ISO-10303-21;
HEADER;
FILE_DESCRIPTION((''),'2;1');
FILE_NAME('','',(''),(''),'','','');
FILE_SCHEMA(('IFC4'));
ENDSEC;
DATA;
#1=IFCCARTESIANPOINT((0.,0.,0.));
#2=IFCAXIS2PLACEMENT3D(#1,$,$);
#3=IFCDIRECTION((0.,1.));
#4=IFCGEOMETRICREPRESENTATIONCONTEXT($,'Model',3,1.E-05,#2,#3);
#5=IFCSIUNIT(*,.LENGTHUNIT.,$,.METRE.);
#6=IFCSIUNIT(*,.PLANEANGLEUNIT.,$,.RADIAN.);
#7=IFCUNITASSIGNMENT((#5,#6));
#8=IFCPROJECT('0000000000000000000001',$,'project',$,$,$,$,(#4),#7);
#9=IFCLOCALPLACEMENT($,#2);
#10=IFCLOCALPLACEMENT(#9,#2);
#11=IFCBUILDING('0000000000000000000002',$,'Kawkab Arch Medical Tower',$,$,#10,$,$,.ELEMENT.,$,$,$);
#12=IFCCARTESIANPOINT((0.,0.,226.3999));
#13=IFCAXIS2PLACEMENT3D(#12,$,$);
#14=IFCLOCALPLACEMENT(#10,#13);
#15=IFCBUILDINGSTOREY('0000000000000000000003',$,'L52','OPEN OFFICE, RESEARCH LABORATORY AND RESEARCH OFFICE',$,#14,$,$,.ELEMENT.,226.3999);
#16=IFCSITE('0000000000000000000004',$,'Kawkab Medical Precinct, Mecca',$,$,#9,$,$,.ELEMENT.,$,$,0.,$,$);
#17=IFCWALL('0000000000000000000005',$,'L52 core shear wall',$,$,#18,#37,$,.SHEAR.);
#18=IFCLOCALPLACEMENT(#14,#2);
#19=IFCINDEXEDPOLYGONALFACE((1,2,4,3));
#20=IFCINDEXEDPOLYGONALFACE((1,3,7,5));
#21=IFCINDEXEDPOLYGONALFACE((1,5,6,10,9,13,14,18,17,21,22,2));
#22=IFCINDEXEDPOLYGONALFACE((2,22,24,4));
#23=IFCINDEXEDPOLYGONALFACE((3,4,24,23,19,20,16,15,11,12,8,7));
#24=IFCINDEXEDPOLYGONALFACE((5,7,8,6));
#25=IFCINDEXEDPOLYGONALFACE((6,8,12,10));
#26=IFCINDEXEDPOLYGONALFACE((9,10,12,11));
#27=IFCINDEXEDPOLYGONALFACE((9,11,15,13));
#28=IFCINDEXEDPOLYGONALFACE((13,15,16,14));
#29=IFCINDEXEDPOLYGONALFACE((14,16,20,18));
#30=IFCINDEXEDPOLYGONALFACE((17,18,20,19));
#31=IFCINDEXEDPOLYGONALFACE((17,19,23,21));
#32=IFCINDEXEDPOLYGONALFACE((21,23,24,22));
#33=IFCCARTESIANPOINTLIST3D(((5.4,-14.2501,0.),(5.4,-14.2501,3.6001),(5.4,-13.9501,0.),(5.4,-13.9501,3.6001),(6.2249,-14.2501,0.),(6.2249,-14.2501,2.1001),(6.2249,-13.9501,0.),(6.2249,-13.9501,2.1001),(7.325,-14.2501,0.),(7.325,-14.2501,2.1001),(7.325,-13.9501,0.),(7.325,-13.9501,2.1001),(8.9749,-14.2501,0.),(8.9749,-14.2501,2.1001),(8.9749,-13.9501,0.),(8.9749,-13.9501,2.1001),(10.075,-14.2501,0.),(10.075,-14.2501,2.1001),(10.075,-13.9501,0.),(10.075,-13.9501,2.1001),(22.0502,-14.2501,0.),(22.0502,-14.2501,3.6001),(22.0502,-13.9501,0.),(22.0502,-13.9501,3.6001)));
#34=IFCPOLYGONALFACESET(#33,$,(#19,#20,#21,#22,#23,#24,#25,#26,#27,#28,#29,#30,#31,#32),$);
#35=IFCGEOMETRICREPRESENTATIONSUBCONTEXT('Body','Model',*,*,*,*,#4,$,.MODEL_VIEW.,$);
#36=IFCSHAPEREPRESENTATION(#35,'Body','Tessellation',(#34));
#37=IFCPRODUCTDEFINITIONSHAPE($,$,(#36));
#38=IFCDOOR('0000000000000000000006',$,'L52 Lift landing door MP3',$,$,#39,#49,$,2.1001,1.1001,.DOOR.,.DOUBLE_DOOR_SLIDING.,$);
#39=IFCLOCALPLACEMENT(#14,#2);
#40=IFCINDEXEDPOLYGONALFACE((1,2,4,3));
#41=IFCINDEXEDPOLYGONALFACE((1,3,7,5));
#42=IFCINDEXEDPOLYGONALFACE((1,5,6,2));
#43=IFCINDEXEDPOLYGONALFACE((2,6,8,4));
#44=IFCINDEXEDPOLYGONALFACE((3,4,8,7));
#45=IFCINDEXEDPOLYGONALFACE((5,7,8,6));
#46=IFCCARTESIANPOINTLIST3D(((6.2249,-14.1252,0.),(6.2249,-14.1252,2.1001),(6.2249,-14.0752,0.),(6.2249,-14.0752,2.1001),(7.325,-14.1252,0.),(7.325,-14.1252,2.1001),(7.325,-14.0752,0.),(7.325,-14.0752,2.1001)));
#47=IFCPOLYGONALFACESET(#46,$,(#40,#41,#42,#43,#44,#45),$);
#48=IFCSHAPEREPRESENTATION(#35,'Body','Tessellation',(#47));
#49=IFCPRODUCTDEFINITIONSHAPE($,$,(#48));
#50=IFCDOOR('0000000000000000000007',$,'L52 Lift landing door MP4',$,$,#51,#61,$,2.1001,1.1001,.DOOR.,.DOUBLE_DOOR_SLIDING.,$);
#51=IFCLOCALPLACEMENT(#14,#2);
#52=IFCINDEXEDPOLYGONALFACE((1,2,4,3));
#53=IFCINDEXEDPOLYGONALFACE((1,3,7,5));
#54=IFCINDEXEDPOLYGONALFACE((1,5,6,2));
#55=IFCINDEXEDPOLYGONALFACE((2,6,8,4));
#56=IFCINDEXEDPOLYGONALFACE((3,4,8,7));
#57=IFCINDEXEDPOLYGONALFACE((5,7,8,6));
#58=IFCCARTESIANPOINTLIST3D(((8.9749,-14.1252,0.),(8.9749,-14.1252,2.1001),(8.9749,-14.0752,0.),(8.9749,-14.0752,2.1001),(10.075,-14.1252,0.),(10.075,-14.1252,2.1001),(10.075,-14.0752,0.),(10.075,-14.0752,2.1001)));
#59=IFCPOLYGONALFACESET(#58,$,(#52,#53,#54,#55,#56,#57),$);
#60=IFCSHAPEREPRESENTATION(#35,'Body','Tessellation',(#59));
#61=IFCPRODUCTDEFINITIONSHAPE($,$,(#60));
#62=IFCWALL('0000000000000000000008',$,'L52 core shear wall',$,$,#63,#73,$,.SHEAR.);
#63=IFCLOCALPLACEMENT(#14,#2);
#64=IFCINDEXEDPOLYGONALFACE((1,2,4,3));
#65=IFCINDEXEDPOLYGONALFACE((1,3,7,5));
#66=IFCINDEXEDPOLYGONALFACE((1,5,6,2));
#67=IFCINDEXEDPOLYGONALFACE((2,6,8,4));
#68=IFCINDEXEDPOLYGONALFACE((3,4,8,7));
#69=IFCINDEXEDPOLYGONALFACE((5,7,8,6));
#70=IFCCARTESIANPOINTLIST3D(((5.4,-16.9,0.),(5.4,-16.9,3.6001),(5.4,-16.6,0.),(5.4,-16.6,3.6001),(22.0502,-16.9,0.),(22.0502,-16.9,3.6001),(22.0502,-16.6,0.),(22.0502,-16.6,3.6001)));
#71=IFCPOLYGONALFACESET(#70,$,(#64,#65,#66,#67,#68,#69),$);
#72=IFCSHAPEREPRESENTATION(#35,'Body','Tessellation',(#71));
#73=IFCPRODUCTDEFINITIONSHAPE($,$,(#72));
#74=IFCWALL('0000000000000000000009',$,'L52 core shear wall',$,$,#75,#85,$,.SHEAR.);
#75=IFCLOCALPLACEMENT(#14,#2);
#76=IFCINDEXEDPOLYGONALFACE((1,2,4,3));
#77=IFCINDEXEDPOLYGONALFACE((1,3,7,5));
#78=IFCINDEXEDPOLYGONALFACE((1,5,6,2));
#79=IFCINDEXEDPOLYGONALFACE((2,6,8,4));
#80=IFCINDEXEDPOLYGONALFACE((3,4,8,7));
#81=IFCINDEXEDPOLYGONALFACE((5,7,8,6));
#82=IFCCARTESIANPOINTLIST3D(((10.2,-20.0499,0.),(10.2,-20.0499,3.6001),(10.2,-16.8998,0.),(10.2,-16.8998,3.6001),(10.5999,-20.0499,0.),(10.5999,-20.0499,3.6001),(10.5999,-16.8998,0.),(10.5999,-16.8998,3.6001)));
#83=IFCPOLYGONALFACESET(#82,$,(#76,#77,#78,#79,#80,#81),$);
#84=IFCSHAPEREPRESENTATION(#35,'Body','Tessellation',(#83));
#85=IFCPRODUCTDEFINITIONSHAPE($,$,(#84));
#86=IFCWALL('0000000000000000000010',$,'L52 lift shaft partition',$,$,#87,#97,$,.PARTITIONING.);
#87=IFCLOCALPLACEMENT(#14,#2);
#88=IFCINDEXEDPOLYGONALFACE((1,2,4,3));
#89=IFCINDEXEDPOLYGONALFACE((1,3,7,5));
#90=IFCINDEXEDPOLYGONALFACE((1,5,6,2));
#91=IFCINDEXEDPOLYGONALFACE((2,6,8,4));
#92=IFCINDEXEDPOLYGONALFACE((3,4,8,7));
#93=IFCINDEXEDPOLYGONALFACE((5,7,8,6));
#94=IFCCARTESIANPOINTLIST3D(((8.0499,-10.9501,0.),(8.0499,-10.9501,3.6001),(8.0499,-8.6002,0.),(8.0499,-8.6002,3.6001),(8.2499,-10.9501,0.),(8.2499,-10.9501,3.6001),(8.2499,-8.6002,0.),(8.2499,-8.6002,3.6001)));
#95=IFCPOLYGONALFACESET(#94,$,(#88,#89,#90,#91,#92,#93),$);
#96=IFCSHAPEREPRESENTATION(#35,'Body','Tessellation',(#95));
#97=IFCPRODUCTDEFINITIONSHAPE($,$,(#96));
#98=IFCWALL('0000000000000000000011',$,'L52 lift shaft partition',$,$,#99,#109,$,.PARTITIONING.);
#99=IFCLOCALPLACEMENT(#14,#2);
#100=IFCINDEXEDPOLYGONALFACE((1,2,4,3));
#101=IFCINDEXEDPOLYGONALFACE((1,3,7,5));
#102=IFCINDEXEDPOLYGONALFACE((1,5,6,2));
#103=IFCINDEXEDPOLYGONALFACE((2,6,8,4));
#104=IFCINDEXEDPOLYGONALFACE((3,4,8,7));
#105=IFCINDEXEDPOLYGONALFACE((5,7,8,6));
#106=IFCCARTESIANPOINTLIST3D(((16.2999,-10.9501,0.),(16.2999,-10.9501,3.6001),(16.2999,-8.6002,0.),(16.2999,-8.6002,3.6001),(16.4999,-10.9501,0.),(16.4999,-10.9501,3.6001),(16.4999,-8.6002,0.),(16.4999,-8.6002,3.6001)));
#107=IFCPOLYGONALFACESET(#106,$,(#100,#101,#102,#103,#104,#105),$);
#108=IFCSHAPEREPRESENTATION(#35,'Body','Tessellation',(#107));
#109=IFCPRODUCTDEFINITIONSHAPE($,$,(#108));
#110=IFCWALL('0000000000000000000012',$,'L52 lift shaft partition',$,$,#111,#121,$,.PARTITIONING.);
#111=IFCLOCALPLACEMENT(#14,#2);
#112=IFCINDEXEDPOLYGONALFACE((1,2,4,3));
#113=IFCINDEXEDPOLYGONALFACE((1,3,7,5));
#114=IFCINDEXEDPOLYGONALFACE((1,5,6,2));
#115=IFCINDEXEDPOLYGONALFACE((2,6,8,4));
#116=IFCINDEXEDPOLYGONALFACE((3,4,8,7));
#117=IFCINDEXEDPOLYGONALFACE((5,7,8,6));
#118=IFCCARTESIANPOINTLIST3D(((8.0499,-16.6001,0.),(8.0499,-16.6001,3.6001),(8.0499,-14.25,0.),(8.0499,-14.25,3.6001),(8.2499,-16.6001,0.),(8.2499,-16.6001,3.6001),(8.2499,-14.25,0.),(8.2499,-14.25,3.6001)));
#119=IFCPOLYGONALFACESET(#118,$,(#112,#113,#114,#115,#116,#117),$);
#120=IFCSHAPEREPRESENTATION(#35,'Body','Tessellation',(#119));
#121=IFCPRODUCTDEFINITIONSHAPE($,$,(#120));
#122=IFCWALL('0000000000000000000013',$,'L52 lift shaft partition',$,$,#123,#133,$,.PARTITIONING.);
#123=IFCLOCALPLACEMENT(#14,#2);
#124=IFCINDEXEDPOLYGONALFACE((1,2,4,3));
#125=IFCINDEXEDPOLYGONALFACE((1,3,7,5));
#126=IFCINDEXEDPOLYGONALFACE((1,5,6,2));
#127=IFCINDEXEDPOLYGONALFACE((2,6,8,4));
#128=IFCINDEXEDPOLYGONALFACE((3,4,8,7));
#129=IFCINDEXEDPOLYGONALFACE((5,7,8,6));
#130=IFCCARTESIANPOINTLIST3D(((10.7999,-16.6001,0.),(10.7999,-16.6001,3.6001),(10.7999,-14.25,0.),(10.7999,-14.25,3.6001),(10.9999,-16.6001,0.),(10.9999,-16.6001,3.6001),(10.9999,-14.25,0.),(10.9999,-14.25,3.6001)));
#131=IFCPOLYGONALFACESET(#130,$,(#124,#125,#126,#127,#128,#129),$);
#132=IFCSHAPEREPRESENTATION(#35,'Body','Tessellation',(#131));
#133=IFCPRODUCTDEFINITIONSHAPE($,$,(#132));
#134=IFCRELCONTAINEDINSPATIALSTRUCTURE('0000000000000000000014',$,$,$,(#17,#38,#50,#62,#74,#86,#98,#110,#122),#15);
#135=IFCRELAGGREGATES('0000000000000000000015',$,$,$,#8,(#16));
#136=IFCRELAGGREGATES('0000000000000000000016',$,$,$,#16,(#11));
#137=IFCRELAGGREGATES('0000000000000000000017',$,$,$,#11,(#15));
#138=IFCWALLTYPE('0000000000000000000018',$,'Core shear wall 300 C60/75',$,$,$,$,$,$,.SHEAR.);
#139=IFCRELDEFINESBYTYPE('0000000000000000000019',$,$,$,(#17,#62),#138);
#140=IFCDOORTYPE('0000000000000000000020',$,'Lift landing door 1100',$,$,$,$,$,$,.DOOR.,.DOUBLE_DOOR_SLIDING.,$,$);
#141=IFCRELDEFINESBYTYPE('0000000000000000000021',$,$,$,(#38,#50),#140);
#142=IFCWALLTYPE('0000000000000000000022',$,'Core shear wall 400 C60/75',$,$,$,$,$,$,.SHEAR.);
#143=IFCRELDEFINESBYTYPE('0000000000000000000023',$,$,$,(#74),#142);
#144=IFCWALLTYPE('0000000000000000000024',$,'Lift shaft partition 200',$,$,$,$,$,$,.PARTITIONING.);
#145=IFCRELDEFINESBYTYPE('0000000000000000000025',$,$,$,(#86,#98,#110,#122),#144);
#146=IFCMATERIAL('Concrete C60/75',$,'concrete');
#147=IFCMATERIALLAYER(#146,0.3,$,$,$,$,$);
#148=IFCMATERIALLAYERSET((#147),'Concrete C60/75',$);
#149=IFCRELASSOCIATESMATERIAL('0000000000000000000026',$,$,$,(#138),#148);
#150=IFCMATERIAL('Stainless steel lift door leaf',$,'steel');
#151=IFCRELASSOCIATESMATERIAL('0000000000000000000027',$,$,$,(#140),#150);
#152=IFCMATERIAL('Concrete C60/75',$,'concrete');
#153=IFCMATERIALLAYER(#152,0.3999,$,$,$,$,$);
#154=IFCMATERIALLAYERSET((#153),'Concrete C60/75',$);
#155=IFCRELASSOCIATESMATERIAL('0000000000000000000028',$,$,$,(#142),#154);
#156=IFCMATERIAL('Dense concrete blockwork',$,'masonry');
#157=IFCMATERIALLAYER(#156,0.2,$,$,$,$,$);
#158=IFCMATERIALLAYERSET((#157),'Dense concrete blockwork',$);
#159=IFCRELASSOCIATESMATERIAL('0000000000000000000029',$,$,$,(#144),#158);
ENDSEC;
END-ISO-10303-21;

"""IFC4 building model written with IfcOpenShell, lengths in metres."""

from ifc_helpers import new_model, si_unit, direction, frame, frame_2d, origin, place, context, subcontext, project, spatial, rectangle, extrude, material, layer, layer_set, type_object, element, fill, save


model = new_model("IFC4")

# Units and contexts
model_context = context("Model", 3, precision=1e-05, world=origin(), true_north=direction((0.0, 1.0)))
body_context = subcontext(model_context, "Body", "Model", "MODEL_VIEW")
ifc_project = project(units=[si_unit("LENGTHUNIT", "METRE"), si_unit("PLANEANGLEUNIT", "RADIAN")], contexts=[model_context])

# Site, building, storey
site_placement = place(None, origin())
site = spatial("IfcSite", under=ifc_project, at=site_placement, Name="Kawkab Medical Precinct, Mecca", CompositionType="ELEMENT", RefElevation=0.0)
building_placement = place(site_placement, origin())
building = spatial("IfcBuilding", under=site, at=building_placement, Name="Kawkab Arch Medical Tower", CompositionType="ELEMENT")
storey_placement = place(building_placement, frame((0.0, 0.0, 226.3999)))
storey = spatial("IfcBuildingStorey", under=building, at=storey_placement, Name="L52", Description="OPEN OFFICE, RESEARCH LABORATORY AND RESEARCH OFFICE", CompositionType="ELEMENT", Elevation=226.3999)

# Wall, openings, doors
ifc_material_1 = material(Name="Concrete C60/75", Category="concrete")
ifc_layer_1 = layer(ifc_material_1, 0.3)
ifc_layer_set_1 = layer_set([ifc_layer_1], Name="Concrete C60/75")
wall_type_1 = type_object("IfcWallType", Name="Core shear wall 300 C60/75", PredefinedType="SHEAR", material=ifc_layer_set_1)
ifc_material_2 = material(Name="Stainless steel lift door leaf", Category="steel")
door_type_1 = type_object("IfcDoorType", Name="Lift landing door 1100", OperationType="DOUBLE_DOOR_SLIDING", PredefinedType="DOOR", material=ifc_material_2)
wall_1_placement = place(storey_placement, frame((5.3999, -14.1001, 0.0), z_axis=(0.0, 0.0, 1.0), x_axis=(1.0, 0.0, 0.0)))
wall_1 = element("IfcWall", 1, at=wall_1_placement, inside=storey, type_object=wall_type_1, Name="L52 core shear wall", PredefinedType="SHEAR", context=body_context, shape_type="SweptSolid", body=[
    extrude(rectangle(XDim=16.6501, YDim=0.3, at=frame_2d((8.3252, 0.0))), origin(), (0.0, 0.0, 1.0), 3.6001),
])
opening_1_placement = place(wall_1_placement, frame((0.825, 0.0, 0.0)))
opening_1 = element("IfcOpeningElement", 2, at=opening_1_placement, cuts=wall_1, PredefinedType="OPENING", context=body_context, shape_type="SweptSolid", body=[
    extrude(rectangle(XDim=1.1001, YDim=2.1001, at=frame_2d((0.55, 1.05))), frame((0.0, 0.1599, 0.0), z_axis=(0.0, -1.0, 0.0), x_axis=(1.0, 0.0, 0.0)), (0.0, 0.0, 1.0), 0.3201),
])
opening_2_placement = place(wall_1_placement, frame((3.575, 0.0, 0.0)))
opening_2 = element("IfcOpeningElement", 3, at=opening_2_placement, cuts=wall_1, PredefinedType="OPENING", context=body_context, shape_type="SweptSolid", body=[
    extrude(rectangle(XDim=1.1001, YDim=2.1001, at=frame_2d((0.55, 1.05))), frame((0.0, 0.1599, 0.0), z_axis=(0.0, -1.0, 0.0), x_axis=(1.0, 0.0, 0.0)), (0.0, 0.0, 1.0), 0.3201),
])
door_1_placement = place(opening_1_placement, origin())
door_1 = element("IfcDoor", 4, at=door_1_placement, inside=storey, type_object=door_type_1, Name="L52 Lift landing door MP3", OperationType="DOUBLE_DOOR_SLIDING", OverallHeight=2.1001, OverallWidth=1.1001, PredefinedType="DOOR", context=body_context, shape_type="SweptSolid", body=[
    extrude(rectangle(XDim=1.1001, YDim=2.1001, at=frame_2d((0.55, 1.05))), frame((0.0, 0.0249, 0.0), z_axis=(0.0, -1.0, 0.0), x_axis=(1.0, 0.0, 0.0)), (0.0, 0.0, 1.0), 0.05),
])
fill(opening_1, door_1)
door_2_placement = place(opening_2_placement, origin())
door_2 = element("IfcDoor", 5, at=door_2_placement, inside=storey, type_object=door_type_1, Name="L52 Lift landing door MP4", OperationType="DOUBLE_DOOR_SLIDING", OverallHeight=2.1001, OverallWidth=1.1001, PredefinedType="DOOR", context=body_context, shape_type="SweptSolid", body=[
    extrude(rectangle(XDim=1.1001, YDim=2.1001, at=frame_2d((0.55, 1.05))), frame((0.0, 0.0249, 0.0), z_axis=(0.0, -1.0, 0.0), x_axis=(1.0, 0.0, 0.0)), (0.0, 0.0, 1.0), 0.05),
])
fill(opening_2, door_2)

# Walls
wall_2_placement = place(storey_placement, frame((5.3999, -16.75, 0.0), z_axis=(0.0, 0.0, 1.0), x_axis=(1.0, 0.0, 0.0)))
element("IfcWall", 6, at=wall_2_placement, inside=storey, type_object=wall_type_1, Name="L52 core shear wall", PredefinedType="SHEAR", context=body_context, shape_type="SweptSolid", body=[
    extrude(rectangle(XDim=16.6501, YDim=0.3, at=frame_2d((8.3252, 0.0))), origin(), (0.0, 0.0, 1.0), 3.6001),
])
ifc_material_3 = material(Name="Concrete C60/75", Category="concrete")
ifc_layer_2 = layer(ifc_material_3, 0.3999)
ifc_layer_set_2 = layer_set([ifc_layer_2], Name="Concrete C60/75")
wall_type_2 = type_object("IfcWallType", Name="Core shear wall 400 C60/75", PredefinedType="SHEAR", material=ifc_layer_set_2)
wall_3_placement = place(storey_placement, frame((10.3999, -20.05, 0.0), z_axis=(0.0, 0.0, 1.0), x_axis=(0.0, 1.0, 0.0)))
element("IfcWall", 7, at=wall_3_placement, inside=storey, type_object=wall_type_2, Name="L52 core shear wall", PredefinedType="SHEAR", context=body_context, shape_type="SweptSolid", body=[
    extrude(rectangle(XDim=3.1501, YDim=0.3999, at=frame_2d((1.5752, 0.0))), origin(), (0.0, 0.0, 1.0), 3.6001),
])
ifc_material_4 = material(Name="Dense concrete blockwork", Category="masonry")
ifc_layer_3 = layer(ifc_material_4, 0.2)
ifc_layer_set_3 = layer_set([ifc_layer_3], Name="Dense concrete blockwork")
wall_type_3 = type_object("IfcWallType", Name="Lift shaft partition 200", PredefinedType="PARTITIONING", material=ifc_layer_set_3)
for number, where, z_axis, x_axis, name in (
    (8, (8.1499, -10.95, 0.0), (0.0, 0.0, 1.0), (0.0, 1.0, 0.0), "L52 lift shaft partition"),
    (9, (16.3999, -10.95, 0.0), (0.0, 0.0, 1.0), (0.0, 1.0, 0.0), "L52 lift shaft partition"),
):
    element("IfcWall", number, at=place(storey_placement, frame(where, z_axis=z_axis, x_axis=x_axis)), inside=storey, type_object=wall_type_3, Name=name, PredefinedType="PARTITIONING", context=body_context, shape_type="SweptSolid", body=[
        extrude(rectangle(XDim=2.3499, YDim=0.2, at=frame_2d((1.1748, 0.0))), origin(), (0.0, 0.0, 1.0), 3.6001),
    ])
for number, where, z_axis, x_axis, name in (
    (10, (8.1499, -16.6001, 0.0), (0.0, 0.0, 1.0), (0.0, 1.0, 0.0), "L52 lift shaft partition"),
    (11, (10.8999, -16.6001, 0.0), (0.0, 0.0, 1.0), (0.0, 1.0, 0.0), "L52 lift shaft partition"),
):
    element("IfcWall", number, at=place(storey_placement, frame(where, z_axis=z_axis, x_axis=x_axis)), inside=storey, type_object=wall_type_3, Name=name, PredefinedType="PARTITIONING", context=body_context, shape_type="SweptSolid", body=[
        extrude(rectangle(XDim=2.3501, YDim=0.2, at=frame_2d((1.175, 0.0))), origin(), (0.0, 0.0, 1.0), 3.6001),
    ])

save(model, "model.ifc")
